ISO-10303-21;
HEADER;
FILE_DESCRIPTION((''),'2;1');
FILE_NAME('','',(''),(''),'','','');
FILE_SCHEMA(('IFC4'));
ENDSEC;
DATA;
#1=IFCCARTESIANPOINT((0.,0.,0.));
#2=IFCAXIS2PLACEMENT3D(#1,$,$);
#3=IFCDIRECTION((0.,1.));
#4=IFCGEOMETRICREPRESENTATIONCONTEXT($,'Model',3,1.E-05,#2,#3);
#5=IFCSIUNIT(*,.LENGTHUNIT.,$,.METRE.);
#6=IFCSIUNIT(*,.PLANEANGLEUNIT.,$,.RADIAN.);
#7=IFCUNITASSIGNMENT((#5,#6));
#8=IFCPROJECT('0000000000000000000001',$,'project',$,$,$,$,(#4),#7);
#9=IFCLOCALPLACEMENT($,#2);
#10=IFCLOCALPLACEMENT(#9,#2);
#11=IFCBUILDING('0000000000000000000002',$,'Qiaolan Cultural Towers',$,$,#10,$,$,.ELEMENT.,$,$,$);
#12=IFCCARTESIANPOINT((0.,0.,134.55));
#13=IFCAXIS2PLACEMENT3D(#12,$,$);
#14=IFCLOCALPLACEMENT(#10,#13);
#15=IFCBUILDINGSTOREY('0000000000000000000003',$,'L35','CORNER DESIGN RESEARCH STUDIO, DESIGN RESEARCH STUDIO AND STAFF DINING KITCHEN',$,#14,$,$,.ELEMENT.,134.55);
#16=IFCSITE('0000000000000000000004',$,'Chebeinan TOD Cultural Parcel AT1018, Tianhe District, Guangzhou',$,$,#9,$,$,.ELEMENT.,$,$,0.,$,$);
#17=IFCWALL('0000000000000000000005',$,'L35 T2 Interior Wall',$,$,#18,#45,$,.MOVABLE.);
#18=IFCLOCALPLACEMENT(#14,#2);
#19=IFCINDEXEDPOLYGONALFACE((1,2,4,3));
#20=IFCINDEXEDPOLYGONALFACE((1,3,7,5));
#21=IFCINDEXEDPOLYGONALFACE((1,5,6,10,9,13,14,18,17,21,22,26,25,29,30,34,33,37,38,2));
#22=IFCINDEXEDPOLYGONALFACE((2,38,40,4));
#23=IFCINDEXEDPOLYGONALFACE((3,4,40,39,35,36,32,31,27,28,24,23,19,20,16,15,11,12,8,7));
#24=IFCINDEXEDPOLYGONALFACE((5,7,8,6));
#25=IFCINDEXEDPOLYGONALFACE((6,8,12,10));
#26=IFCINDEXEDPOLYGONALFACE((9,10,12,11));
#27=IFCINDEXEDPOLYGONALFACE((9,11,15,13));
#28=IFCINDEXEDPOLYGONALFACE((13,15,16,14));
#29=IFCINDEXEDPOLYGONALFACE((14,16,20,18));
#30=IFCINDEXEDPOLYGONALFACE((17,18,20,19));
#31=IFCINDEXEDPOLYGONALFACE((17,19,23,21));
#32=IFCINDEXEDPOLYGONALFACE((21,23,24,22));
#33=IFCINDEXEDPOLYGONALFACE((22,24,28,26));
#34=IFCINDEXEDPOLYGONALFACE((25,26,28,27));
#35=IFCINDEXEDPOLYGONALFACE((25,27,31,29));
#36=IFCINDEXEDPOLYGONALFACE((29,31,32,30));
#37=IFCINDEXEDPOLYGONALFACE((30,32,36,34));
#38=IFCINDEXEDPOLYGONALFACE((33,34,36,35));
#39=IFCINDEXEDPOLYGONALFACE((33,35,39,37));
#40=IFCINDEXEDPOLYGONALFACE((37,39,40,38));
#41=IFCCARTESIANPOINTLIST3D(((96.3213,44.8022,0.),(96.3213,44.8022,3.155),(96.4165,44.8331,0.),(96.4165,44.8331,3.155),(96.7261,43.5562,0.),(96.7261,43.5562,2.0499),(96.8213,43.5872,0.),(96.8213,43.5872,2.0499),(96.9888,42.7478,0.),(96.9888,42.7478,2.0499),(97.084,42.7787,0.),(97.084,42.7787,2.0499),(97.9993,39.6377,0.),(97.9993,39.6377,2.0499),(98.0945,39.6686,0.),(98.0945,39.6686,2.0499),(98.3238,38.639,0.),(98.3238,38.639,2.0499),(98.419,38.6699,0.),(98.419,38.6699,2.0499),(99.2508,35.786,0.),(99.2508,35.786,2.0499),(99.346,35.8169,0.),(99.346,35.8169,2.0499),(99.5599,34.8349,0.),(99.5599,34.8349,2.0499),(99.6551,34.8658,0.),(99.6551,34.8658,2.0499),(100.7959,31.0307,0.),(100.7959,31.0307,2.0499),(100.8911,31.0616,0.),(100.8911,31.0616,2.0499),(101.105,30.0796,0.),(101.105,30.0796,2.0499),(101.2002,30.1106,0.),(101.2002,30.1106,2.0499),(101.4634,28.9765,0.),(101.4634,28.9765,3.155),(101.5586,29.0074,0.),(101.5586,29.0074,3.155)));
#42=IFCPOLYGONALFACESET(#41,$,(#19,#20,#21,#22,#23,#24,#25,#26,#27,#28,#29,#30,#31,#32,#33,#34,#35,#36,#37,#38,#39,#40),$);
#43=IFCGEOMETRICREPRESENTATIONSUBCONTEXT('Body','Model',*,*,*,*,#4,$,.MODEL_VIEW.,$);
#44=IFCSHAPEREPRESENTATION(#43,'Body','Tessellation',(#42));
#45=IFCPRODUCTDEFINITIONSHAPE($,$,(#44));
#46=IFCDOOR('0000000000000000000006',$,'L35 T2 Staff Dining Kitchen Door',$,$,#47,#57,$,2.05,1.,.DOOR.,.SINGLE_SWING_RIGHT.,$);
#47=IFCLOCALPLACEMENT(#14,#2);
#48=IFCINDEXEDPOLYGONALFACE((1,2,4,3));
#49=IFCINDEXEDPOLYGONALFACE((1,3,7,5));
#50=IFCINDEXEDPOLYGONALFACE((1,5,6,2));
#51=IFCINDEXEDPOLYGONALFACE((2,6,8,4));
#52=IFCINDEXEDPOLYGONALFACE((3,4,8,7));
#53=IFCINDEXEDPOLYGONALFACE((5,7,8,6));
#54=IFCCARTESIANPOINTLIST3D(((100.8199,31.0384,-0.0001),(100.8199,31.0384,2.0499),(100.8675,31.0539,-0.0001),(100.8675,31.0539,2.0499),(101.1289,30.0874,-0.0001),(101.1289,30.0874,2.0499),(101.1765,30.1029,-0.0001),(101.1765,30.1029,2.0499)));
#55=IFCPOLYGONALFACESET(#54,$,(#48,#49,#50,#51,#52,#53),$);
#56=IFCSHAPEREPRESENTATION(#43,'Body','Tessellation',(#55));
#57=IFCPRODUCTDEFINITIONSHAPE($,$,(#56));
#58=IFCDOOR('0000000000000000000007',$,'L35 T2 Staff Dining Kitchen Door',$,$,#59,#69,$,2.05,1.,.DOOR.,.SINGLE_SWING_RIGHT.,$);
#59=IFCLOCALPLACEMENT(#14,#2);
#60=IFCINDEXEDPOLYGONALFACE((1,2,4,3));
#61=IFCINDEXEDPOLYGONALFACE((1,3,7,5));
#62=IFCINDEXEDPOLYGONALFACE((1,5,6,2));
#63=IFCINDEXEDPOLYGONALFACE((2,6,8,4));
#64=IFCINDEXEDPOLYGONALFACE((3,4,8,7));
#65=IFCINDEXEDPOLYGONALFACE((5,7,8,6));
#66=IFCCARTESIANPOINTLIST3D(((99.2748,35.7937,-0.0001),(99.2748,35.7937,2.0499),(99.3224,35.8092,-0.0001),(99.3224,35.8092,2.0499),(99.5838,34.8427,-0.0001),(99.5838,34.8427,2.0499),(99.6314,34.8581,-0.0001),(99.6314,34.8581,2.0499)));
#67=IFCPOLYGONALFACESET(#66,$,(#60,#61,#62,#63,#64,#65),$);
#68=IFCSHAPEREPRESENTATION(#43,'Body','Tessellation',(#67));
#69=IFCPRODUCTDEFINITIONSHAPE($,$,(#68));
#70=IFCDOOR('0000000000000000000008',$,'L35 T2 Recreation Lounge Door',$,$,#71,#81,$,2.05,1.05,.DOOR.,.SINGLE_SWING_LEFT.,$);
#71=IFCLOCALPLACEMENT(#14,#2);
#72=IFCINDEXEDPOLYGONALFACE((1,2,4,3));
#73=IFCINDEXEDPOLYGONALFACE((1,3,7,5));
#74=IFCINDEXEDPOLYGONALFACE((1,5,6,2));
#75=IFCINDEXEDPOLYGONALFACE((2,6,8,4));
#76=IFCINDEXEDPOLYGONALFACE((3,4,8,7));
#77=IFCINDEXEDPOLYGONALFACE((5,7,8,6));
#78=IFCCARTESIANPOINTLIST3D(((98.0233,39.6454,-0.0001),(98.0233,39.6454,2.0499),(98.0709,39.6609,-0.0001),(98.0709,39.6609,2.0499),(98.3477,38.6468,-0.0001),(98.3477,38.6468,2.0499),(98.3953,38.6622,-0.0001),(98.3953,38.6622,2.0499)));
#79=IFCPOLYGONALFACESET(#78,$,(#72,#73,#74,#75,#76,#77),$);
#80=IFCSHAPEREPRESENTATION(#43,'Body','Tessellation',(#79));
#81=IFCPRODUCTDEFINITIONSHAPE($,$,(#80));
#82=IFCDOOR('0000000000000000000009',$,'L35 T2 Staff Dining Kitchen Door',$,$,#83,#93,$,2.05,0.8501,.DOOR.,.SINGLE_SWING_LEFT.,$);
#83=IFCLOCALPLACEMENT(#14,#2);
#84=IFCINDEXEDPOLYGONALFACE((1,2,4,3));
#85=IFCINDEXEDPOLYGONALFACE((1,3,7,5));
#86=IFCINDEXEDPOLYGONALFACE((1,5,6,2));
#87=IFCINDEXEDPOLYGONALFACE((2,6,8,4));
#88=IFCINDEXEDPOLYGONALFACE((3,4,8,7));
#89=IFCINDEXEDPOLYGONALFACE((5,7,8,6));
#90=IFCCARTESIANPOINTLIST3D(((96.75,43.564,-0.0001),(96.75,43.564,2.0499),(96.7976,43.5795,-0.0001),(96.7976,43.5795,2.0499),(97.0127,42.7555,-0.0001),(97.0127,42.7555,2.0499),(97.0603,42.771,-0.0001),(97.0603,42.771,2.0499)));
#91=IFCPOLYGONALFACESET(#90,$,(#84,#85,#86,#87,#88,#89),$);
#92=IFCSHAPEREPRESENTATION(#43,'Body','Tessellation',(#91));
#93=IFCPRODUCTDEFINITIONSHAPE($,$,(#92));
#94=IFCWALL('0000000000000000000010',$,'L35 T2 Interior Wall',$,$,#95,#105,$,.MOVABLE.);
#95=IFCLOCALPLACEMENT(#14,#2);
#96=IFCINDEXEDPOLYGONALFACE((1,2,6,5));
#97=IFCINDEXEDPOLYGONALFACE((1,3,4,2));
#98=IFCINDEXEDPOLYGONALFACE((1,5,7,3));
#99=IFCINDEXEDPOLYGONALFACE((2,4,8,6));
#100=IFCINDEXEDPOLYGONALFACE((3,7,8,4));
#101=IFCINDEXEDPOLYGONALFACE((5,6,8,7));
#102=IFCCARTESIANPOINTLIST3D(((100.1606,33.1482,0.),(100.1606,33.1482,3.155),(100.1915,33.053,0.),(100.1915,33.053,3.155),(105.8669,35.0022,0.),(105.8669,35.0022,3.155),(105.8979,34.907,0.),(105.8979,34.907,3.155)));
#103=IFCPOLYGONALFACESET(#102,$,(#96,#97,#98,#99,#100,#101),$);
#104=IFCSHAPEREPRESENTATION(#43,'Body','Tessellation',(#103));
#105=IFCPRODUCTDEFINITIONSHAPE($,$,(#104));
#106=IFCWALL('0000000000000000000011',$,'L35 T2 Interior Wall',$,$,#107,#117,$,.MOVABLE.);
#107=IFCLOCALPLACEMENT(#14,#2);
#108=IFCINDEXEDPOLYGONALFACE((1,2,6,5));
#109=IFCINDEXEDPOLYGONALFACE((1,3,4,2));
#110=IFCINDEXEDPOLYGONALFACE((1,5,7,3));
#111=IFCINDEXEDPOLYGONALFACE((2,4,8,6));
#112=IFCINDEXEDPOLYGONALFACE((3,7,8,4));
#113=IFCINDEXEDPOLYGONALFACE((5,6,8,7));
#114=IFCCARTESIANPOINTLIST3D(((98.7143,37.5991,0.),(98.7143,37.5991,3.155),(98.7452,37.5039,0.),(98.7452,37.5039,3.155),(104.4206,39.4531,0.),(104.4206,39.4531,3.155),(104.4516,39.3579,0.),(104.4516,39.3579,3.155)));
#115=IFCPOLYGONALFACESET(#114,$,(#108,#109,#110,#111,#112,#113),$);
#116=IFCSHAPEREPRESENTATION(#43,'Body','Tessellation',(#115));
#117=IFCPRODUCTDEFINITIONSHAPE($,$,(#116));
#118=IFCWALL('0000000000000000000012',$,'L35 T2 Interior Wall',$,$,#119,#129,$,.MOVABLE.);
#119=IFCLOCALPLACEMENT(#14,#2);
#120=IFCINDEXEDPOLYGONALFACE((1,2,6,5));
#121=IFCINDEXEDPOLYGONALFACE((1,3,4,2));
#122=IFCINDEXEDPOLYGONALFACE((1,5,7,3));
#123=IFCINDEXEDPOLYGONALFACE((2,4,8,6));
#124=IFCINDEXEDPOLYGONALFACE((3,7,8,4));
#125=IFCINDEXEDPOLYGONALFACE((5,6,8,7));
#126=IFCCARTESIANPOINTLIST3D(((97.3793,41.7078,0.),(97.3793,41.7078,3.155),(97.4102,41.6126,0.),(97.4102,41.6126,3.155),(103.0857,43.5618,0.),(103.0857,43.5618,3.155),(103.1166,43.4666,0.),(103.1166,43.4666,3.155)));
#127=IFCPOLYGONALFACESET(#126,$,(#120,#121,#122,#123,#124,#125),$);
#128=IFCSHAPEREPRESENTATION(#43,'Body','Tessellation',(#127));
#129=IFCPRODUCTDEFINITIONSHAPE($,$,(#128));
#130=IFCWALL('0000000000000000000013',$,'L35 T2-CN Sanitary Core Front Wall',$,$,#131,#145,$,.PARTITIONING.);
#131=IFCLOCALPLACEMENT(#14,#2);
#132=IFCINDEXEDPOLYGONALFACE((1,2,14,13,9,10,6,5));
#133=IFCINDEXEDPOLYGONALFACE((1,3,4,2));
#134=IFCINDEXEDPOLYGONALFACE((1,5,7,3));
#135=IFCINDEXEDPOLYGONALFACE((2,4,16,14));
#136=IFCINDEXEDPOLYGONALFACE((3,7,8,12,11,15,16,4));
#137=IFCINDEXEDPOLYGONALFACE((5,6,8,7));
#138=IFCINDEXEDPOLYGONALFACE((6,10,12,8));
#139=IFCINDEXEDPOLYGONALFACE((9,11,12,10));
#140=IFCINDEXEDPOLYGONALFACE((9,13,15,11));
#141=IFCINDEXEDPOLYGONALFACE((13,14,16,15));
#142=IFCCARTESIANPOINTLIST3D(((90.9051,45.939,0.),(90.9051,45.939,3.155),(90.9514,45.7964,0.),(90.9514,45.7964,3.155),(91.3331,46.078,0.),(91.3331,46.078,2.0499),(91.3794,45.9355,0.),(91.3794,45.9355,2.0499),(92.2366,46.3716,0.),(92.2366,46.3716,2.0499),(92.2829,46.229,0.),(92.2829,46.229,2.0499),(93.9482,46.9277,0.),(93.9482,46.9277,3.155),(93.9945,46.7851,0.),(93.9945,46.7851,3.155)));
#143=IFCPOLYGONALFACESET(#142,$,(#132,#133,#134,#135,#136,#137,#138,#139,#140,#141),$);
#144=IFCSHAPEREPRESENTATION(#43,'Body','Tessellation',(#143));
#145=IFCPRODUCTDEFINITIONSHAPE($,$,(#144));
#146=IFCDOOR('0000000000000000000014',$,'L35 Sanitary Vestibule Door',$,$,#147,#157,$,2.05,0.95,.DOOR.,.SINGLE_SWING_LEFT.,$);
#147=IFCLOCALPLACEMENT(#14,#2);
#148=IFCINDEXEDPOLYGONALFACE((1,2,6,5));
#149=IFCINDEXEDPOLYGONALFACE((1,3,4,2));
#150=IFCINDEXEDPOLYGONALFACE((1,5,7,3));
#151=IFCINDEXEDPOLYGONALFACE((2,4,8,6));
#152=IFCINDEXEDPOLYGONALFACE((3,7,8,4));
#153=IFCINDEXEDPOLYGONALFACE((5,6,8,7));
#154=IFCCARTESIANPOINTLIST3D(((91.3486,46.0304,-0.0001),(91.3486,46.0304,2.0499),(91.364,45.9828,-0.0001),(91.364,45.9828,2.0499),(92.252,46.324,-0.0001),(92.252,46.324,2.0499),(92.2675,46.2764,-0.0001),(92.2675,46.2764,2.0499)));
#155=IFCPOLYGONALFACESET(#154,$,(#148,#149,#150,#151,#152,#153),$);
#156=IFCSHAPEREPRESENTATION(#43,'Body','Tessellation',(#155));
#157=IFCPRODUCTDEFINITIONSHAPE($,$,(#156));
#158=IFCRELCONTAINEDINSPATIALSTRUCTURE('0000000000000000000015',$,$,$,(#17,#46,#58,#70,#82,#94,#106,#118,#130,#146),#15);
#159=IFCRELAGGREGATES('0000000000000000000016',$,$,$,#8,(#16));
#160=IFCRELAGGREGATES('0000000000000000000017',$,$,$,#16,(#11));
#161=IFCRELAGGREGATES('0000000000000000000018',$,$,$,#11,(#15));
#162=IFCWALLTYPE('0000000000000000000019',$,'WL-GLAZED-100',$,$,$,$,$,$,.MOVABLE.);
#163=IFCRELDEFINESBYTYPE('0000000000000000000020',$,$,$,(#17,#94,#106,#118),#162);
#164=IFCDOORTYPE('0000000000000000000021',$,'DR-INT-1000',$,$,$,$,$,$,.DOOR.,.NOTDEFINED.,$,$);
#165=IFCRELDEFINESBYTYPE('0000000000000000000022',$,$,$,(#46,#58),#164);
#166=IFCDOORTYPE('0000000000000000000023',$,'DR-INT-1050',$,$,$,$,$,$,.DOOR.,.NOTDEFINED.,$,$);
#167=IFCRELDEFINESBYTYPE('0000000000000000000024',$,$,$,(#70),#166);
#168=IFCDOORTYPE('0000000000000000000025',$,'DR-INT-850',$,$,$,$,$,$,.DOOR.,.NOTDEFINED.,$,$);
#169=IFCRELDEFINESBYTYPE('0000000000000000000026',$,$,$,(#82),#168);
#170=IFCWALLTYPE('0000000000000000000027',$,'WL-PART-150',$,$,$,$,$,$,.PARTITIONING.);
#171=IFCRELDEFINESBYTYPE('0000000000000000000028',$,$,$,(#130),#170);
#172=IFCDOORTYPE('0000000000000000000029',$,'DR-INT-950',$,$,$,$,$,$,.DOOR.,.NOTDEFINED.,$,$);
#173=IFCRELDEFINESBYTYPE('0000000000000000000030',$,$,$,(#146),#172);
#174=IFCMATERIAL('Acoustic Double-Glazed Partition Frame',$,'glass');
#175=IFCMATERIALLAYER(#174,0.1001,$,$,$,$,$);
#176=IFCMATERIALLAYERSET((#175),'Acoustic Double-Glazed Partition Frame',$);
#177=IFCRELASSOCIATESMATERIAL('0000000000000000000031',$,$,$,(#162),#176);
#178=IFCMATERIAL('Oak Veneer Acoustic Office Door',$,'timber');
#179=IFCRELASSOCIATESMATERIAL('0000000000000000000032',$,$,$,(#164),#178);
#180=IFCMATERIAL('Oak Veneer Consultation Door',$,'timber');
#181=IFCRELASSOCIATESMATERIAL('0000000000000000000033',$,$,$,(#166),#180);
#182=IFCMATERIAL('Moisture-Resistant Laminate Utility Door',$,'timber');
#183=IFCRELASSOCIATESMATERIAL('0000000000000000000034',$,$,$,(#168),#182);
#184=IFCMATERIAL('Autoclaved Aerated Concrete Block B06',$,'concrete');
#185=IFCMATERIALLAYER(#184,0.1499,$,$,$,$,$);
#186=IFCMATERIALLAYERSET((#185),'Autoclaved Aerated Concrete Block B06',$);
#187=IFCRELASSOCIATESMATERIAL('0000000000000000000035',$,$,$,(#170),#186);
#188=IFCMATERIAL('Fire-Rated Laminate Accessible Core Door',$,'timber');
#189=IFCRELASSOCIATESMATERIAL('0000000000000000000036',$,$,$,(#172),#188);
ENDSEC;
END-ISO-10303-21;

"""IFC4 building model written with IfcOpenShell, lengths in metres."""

from ifc_helpers import new_model, si_unit, direction, frame, frame_2d, origin, place, context, subcontext, project, spatial, rectangle, extrude, material, layer, layer_set, type_object, element, fill, save


model = new_model("IFC4")

# Units and contexts
model_context = context("Model", 3, precision=1e-05, world=origin(), true_north=direction((0.0, 1.0)))
body_context = subcontext(model_context, "Body", "Model", "MODEL_VIEW")
ifc_project = project(units=[si_unit("LENGTHUNIT", "METRE"), si_unit("PLANEANGLEUNIT", "RADIAN")], contexts=[model_context])

# Site, building, storey
site_placement = place(None, origin())
site = spatial("IfcSite", under=ifc_project, at=site_placement, Name="Chebeinan TOD Cultural Parcel AT1018, Tianhe District, Guangzhou", CompositionType="ELEMENT", RefElevation=0.0)
building_placement = place(site_placement, origin())
building = spatial("IfcBuilding", under=site, at=building_placement, Name="Qiaolan Cultural Towers", CompositionType="ELEMENT")
storey_placement = place(building_placement, frame((0.0, 0.0, 134.55)))
storey = spatial("IfcBuildingStorey", under=building, at=storey_placement, Name="L35", Description="CORNER DESIGN RESEARCH STUDIO, DESIGN RESEARCH STUDIO AND STAFF DINING KITCHEN", CompositionType="ELEMENT", Elevation=134.55)

# Shared definitions
ifc_material_1 = material(Name="Acoustic Double-Glazed Partition Frame", Category="glass")
ifc_layer_1 = layer(ifc_material_1, 0.1001)
ifc_layer_set_1 = layer_set([ifc_layer_1], Name="Acoustic Double-Glazed Partition Frame")
wall_type_1 = type_object("IfcWallType", Name="WL-GLAZED-100", PredefinedType="MOVABLE", material=ifc_layer_set_1)

# Wall, openings, doors
wall_1_placement = place(storey_placement, frame((101.511, 28.9919, 0.0), z_axis=(0.0, 0.0, 1.0), x_axis=(-0.309018, 0.951056, 0.0)))
wall_1 = element("IfcWall", 1, at=wall_1_placement, inside=storey, type_object=wall_type_1, Name="L35 T2 Interior Wall", PredefinedType="MOVABLE", context=body_context, shape_type="SweptSolid", body=[
    extrude(rectangle(XDim=16.6401, YDim=0.1001, at=frame_2d((8.3201, 0.0))), origin(), (0.0, 0.0, 1.0), 3.155),
])
opening_1_placement = place(wall_1_placement, frame((1.1599, 0.0, 0.0)))
opening_1 = element("IfcOpeningElement", 2, at=opening_1_placement, cuts=wall_1, PredefinedType="OPENING", context=body_context, shape_type="SweptSolid", body=[
    extrude(rectangle(XDim=1.0, YDim=2.05, at=frame_2d((0.5, 1.0249))), frame((0.0, 0.0601, 0.0), z_axis=(0.0, -1.0, 0.0), x_axis=(1.0, 0.0, 0.0)), (0.0, 0.0, 1.0), 0.1201),
])
opening_2_placement = place(wall_1_placement, frame((6.1599, 0.0, 0.0)))
opening_2 = element("IfcOpeningElement", 3, at=opening_2_placement, cuts=wall_1, PredefinedType="OPENING", context=body_context, shape_type="SweptSolid", body=[
    extrude(rectangle(XDim=1.0, YDim=2.05, at=frame_2d((0.5, 1.0249))), frame((0.0, 0.0601, 0.0), z_axis=(0.0, -1.0, 0.0), x_axis=(1.0, 0.0, 0.0)), (0.0, 0.0, 1.0), 0.1201),
])
opening_3_placement = place(wall_1_placement, frame((10.1599, 0.0, 0.0)))
opening_3 = element("IfcOpeningElement", 4, at=opening_3_placement, cuts=wall_1, PredefinedType="OPENING", context=body_context, shape_type="SweptSolid", body=[
    extrude(rectangle(XDim=1.05, YDim=2.05, at=frame_2d((0.5249, 1.0249))), frame((0.0, 0.0601, 0.0), z_axis=(0.0, -1.0, 0.0), x_axis=(1.0, 0.0, 0.0)), (0.0, 0.0, 1.0), 0.1201),
])
opening_4_placement = place(wall_1_placement, frame((14.48, 0.0, 0.0)))
opening_4 = element("IfcOpeningElement", 5, at=opening_4_placement, cuts=wall_1, PredefinedType="OPENING", context=body_context, shape_type="SweptSolid", body=[
    extrude(rectangle(XDim=0.8501, YDim=2.05, at=frame_2d((0.425, 1.0249))), frame((0.0, 0.0601, 0.0), z_axis=(0.0, -1.0, 0.0), x_axis=(1.0, 0.0, 0.0)), (0.0, 0.0, 1.0), 0.1201),
])
ifc_material_2 = material(Name="Oak Veneer Acoustic Office Door", Category="timber")
door_type_1 = type_object("IfcDoorType", Name="DR-INT-1000", OperationType="NOTDEFINED", PredefinedType="DOOR", material=ifc_material_2)
door_1_placement = place(opening_1_placement, origin())
door_1 = element("IfcDoor", 6, at=door_1_placement, inside=storey, type_object=door_type_1, Name="L35 T2 Staff Dining Kitchen Door", OperationType="SINGLE_SWING_RIGHT", OverallHeight=2.05, OverallWidth=1.0, PredefinedType="DOOR", context=body_context, shape_type="SweptSolid", body=[
    extrude(rectangle(XDim=1.0, YDim=2.05, at=frame_2d((0.5, 1.0249))), frame((0.0, 0.0249, 0.0), z_axis=(0.0, -1.0, 0.0), x_axis=(1.0, 0.0, 0.0)), (0.0, 0.0, 1.0), 0.05),
])
fill(opening_1, door_1)
door_2_placement = place(opening_2_placement, origin())
door_2 = element("IfcDoor", 7, at=door_2_placement, inside=storey, type_object=door_type_1, Name="L35 T2 Staff Dining Kitchen Door", OperationType="SINGLE_SWING_RIGHT", OverallHeight=2.05, OverallWidth=1.0, PredefinedType="DOOR", context=body_context, shape_type="SweptSolid", body=[
    extrude(rectangle(XDim=1.0, YDim=2.05, at=frame_2d((0.5, 1.0249))), frame((0.0, 0.0249, 0.0), z_axis=(0.0, -1.0, 0.0), x_axis=(1.0, 0.0, 0.0)), (0.0, 0.0, 1.0), 0.05),
])
fill(opening_2, door_2)
ifc_material_3 = material(Name="Oak Veneer Consultation Door", Category="timber")
door_type_2 = type_object("IfcDoorType", Name="DR-INT-1050", OperationType="NOTDEFINED", PredefinedType="DOOR", material=ifc_material_3)
door_3_placement = place(opening_3_placement, origin())
door_3 = element("IfcDoor", 8, at=door_3_placement, inside=storey, type_object=door_type_2, Name="L35 T2 Recreation Lounge Door", OperationType="SINGLE_SWING_LEFT", OverallHeight=2.05, OverallWidth=1.05, PredefinedType="DOOR", context=body_context, shape_type="SweptSolid", body=[
    extrude(rectangle(XDim=1.05, YDim=2.05, at=frame_2d((0.5249, 1.0249))), frame((0.0, 0.0249, 0.0), z_axis=(0.0, -1.0, 0.0), x_axis=(1.0, 0.0, 0.0)), (0.0, 0.0, 1.0), 0.05),
])
fill(opening_3, door_3)
ifc_material_4 = material(Name="Moisture-Resistant Laminate Utility Door", Category="timber")
door_type_3 = type_object("IfcDoorType", Name="DR-INT-850", OperationType="NOTDEFINED", PredefinedType="DOOR", material=ifc_material_4)
door_4_placement = place(opening_4_placement, origin())
door_4 = element("IfcDoor", 9, at=door_4_placement, inside=storey, type_object=door_type_3, Name="L35 T2 Staff Dining Kitchen Door", OperationType="SINGLE_SWING_LEFT", OverallHeight=2.05, OverallWidth=0.8501, PredefinedType="DOOR", context=body_context, shape_type="SweptSolid", body=[
    extrude(rectangle(XDim=0.8501, YDim=2.05, at=frame_2d((0.425, 1.0249))), frame((0.0, 0.0249, 0.0), z_axis=(0.0, -1.0, 0.0), x_axis=(1.0, 0.0, 0.0)), (0.0, 0.0, 1.0), 0.05),
])
fill(opening_4, door_4)

# Walls
for number, where, z_axis, x_axis, name in (
    (10, (100.176, 33.1006, 0.0), (0.0, 0.0, 1.0), (0.951061, 0.309004, 0.0), "L35 T2 Interior Wall"),
    (11, (98.7297, 37.5515, 0.0), (0.0, 0.0, 1.0), (0.951061, 0.309004, 0.0), "L35 T2 Interior Wall"),
    (12, (97.3948, 41.6602, 0.0), (0.0, 0.0, 1.0), (0.951061, 0.309004, 0.0), "L35 T2 Interior Wall"),
):
    element("IfcWall", number, at=place(storey_placement, frame(where, z_axis=z_axis, x_axis=x_axis)), inside=storey, type_object=wall_type_1, Name=name, PredefinedType="MOVABLE", context=body_context, shape_type="SweptSolid", body=[
        extrude(rectangle(XDim=6.0, YDim=0.1001, at=frame_2d((3.0, 0.0))), origin(), (0.0, 0.0, 1.0), 3.155),
    ])

# Wall, opening, door
ifc_material_5 = material(Name="Autoclaved Aerated Concrete Block B06", Category="concrete")
ifc_layer_2 = layer(ifc_material_5, 0.1499)
ifc_layer_set_2 = layer_set([ifc_layer_2], Name="Autoclaved Aerated Concrete Block B06")
wall_type_2 = type_object("IfcWallType", Name="WL-PART-150", PredefinedType="PARTITIONING", material=ifc_layer_set_2)
wall_2_placement = place(storey_placement, frame((90.9282, 45.8677, 0.0), z_axis=(0.0, 0.0, 1.0), x_axis=(0.951059, 0.309008, 0.0)))
wall_2 = element("IfcWall", 13, at=wall_2_placement, inside=storey, type_object=wall_type_2, Name="L35 T2-CN Sanitary Core Front Wall", PredefinedType="PARTITIONING", context=body_context, shape_type="SweptSolid", body=[
    extrude(rectangle(XDim=3.1997, YDim=0.1499, at=frame_2d((1.5999, 0.0))), origin(), (0.0, 0.0, 1.0), 3.155),
])
opening_5_placement = place(wall_2_placement, frame((0.45, 0.0, 0.0)))
opening_5 = element("IfcOpeningElement", 14, at=opening_5_placement, cuts=wall_2, PredefinedType="OPENING", context=body_context, shape_type="SweptSolid", body=[
    extrude(rectangle(XDim=0.95, YDim=2.05, at=frame_2d((0.4751, 1.0249))), frame((0.0, 0.085, 0.0), z_axis=(0.0, -1.0, 0.0), x_axis=(1.0, 0.0, 0.0)), (0.0, 0.0, 1.0), 0.1699),
])
ifc_material_6 = material(Name="Fire-Rated Laminate Accessible Core Door", Category="timber")
door_type_4 = type_object("IfcDoorType", Name="DR-INT-950", OperationType="NOTDEFINED", PredefinedType="DOOR", material=ifc_material_6)
door_5_placement = place(opening_5_placement, origin())
door_5 = element("IfcDoor", 15, at=door_5_placement, inside=storey, type_object=door_type_4, Name="L35 Sanitary Vestibule Door", OperationType="SINGLE_SWING_LEFT", OverallHeight=2.05, OverallWidth=0.95, PredefinedType="DOOR", context=body_context, shape_type="SweptSolid", body=[
    extrude(rectangle(XDim=0.95, YDim=2.05, at=frame_2d((0.4751, 1.0249))), frame((0.0, 0.0249, 0.0), z_axis=(0.0, -1.0, 0.0), x_axis=(1.0, 0.0, 0.0)), (0.0, 0.0, 1.0), 0.05),
])
fill(opening_5, door_5)

save(model, "model.ifc")
